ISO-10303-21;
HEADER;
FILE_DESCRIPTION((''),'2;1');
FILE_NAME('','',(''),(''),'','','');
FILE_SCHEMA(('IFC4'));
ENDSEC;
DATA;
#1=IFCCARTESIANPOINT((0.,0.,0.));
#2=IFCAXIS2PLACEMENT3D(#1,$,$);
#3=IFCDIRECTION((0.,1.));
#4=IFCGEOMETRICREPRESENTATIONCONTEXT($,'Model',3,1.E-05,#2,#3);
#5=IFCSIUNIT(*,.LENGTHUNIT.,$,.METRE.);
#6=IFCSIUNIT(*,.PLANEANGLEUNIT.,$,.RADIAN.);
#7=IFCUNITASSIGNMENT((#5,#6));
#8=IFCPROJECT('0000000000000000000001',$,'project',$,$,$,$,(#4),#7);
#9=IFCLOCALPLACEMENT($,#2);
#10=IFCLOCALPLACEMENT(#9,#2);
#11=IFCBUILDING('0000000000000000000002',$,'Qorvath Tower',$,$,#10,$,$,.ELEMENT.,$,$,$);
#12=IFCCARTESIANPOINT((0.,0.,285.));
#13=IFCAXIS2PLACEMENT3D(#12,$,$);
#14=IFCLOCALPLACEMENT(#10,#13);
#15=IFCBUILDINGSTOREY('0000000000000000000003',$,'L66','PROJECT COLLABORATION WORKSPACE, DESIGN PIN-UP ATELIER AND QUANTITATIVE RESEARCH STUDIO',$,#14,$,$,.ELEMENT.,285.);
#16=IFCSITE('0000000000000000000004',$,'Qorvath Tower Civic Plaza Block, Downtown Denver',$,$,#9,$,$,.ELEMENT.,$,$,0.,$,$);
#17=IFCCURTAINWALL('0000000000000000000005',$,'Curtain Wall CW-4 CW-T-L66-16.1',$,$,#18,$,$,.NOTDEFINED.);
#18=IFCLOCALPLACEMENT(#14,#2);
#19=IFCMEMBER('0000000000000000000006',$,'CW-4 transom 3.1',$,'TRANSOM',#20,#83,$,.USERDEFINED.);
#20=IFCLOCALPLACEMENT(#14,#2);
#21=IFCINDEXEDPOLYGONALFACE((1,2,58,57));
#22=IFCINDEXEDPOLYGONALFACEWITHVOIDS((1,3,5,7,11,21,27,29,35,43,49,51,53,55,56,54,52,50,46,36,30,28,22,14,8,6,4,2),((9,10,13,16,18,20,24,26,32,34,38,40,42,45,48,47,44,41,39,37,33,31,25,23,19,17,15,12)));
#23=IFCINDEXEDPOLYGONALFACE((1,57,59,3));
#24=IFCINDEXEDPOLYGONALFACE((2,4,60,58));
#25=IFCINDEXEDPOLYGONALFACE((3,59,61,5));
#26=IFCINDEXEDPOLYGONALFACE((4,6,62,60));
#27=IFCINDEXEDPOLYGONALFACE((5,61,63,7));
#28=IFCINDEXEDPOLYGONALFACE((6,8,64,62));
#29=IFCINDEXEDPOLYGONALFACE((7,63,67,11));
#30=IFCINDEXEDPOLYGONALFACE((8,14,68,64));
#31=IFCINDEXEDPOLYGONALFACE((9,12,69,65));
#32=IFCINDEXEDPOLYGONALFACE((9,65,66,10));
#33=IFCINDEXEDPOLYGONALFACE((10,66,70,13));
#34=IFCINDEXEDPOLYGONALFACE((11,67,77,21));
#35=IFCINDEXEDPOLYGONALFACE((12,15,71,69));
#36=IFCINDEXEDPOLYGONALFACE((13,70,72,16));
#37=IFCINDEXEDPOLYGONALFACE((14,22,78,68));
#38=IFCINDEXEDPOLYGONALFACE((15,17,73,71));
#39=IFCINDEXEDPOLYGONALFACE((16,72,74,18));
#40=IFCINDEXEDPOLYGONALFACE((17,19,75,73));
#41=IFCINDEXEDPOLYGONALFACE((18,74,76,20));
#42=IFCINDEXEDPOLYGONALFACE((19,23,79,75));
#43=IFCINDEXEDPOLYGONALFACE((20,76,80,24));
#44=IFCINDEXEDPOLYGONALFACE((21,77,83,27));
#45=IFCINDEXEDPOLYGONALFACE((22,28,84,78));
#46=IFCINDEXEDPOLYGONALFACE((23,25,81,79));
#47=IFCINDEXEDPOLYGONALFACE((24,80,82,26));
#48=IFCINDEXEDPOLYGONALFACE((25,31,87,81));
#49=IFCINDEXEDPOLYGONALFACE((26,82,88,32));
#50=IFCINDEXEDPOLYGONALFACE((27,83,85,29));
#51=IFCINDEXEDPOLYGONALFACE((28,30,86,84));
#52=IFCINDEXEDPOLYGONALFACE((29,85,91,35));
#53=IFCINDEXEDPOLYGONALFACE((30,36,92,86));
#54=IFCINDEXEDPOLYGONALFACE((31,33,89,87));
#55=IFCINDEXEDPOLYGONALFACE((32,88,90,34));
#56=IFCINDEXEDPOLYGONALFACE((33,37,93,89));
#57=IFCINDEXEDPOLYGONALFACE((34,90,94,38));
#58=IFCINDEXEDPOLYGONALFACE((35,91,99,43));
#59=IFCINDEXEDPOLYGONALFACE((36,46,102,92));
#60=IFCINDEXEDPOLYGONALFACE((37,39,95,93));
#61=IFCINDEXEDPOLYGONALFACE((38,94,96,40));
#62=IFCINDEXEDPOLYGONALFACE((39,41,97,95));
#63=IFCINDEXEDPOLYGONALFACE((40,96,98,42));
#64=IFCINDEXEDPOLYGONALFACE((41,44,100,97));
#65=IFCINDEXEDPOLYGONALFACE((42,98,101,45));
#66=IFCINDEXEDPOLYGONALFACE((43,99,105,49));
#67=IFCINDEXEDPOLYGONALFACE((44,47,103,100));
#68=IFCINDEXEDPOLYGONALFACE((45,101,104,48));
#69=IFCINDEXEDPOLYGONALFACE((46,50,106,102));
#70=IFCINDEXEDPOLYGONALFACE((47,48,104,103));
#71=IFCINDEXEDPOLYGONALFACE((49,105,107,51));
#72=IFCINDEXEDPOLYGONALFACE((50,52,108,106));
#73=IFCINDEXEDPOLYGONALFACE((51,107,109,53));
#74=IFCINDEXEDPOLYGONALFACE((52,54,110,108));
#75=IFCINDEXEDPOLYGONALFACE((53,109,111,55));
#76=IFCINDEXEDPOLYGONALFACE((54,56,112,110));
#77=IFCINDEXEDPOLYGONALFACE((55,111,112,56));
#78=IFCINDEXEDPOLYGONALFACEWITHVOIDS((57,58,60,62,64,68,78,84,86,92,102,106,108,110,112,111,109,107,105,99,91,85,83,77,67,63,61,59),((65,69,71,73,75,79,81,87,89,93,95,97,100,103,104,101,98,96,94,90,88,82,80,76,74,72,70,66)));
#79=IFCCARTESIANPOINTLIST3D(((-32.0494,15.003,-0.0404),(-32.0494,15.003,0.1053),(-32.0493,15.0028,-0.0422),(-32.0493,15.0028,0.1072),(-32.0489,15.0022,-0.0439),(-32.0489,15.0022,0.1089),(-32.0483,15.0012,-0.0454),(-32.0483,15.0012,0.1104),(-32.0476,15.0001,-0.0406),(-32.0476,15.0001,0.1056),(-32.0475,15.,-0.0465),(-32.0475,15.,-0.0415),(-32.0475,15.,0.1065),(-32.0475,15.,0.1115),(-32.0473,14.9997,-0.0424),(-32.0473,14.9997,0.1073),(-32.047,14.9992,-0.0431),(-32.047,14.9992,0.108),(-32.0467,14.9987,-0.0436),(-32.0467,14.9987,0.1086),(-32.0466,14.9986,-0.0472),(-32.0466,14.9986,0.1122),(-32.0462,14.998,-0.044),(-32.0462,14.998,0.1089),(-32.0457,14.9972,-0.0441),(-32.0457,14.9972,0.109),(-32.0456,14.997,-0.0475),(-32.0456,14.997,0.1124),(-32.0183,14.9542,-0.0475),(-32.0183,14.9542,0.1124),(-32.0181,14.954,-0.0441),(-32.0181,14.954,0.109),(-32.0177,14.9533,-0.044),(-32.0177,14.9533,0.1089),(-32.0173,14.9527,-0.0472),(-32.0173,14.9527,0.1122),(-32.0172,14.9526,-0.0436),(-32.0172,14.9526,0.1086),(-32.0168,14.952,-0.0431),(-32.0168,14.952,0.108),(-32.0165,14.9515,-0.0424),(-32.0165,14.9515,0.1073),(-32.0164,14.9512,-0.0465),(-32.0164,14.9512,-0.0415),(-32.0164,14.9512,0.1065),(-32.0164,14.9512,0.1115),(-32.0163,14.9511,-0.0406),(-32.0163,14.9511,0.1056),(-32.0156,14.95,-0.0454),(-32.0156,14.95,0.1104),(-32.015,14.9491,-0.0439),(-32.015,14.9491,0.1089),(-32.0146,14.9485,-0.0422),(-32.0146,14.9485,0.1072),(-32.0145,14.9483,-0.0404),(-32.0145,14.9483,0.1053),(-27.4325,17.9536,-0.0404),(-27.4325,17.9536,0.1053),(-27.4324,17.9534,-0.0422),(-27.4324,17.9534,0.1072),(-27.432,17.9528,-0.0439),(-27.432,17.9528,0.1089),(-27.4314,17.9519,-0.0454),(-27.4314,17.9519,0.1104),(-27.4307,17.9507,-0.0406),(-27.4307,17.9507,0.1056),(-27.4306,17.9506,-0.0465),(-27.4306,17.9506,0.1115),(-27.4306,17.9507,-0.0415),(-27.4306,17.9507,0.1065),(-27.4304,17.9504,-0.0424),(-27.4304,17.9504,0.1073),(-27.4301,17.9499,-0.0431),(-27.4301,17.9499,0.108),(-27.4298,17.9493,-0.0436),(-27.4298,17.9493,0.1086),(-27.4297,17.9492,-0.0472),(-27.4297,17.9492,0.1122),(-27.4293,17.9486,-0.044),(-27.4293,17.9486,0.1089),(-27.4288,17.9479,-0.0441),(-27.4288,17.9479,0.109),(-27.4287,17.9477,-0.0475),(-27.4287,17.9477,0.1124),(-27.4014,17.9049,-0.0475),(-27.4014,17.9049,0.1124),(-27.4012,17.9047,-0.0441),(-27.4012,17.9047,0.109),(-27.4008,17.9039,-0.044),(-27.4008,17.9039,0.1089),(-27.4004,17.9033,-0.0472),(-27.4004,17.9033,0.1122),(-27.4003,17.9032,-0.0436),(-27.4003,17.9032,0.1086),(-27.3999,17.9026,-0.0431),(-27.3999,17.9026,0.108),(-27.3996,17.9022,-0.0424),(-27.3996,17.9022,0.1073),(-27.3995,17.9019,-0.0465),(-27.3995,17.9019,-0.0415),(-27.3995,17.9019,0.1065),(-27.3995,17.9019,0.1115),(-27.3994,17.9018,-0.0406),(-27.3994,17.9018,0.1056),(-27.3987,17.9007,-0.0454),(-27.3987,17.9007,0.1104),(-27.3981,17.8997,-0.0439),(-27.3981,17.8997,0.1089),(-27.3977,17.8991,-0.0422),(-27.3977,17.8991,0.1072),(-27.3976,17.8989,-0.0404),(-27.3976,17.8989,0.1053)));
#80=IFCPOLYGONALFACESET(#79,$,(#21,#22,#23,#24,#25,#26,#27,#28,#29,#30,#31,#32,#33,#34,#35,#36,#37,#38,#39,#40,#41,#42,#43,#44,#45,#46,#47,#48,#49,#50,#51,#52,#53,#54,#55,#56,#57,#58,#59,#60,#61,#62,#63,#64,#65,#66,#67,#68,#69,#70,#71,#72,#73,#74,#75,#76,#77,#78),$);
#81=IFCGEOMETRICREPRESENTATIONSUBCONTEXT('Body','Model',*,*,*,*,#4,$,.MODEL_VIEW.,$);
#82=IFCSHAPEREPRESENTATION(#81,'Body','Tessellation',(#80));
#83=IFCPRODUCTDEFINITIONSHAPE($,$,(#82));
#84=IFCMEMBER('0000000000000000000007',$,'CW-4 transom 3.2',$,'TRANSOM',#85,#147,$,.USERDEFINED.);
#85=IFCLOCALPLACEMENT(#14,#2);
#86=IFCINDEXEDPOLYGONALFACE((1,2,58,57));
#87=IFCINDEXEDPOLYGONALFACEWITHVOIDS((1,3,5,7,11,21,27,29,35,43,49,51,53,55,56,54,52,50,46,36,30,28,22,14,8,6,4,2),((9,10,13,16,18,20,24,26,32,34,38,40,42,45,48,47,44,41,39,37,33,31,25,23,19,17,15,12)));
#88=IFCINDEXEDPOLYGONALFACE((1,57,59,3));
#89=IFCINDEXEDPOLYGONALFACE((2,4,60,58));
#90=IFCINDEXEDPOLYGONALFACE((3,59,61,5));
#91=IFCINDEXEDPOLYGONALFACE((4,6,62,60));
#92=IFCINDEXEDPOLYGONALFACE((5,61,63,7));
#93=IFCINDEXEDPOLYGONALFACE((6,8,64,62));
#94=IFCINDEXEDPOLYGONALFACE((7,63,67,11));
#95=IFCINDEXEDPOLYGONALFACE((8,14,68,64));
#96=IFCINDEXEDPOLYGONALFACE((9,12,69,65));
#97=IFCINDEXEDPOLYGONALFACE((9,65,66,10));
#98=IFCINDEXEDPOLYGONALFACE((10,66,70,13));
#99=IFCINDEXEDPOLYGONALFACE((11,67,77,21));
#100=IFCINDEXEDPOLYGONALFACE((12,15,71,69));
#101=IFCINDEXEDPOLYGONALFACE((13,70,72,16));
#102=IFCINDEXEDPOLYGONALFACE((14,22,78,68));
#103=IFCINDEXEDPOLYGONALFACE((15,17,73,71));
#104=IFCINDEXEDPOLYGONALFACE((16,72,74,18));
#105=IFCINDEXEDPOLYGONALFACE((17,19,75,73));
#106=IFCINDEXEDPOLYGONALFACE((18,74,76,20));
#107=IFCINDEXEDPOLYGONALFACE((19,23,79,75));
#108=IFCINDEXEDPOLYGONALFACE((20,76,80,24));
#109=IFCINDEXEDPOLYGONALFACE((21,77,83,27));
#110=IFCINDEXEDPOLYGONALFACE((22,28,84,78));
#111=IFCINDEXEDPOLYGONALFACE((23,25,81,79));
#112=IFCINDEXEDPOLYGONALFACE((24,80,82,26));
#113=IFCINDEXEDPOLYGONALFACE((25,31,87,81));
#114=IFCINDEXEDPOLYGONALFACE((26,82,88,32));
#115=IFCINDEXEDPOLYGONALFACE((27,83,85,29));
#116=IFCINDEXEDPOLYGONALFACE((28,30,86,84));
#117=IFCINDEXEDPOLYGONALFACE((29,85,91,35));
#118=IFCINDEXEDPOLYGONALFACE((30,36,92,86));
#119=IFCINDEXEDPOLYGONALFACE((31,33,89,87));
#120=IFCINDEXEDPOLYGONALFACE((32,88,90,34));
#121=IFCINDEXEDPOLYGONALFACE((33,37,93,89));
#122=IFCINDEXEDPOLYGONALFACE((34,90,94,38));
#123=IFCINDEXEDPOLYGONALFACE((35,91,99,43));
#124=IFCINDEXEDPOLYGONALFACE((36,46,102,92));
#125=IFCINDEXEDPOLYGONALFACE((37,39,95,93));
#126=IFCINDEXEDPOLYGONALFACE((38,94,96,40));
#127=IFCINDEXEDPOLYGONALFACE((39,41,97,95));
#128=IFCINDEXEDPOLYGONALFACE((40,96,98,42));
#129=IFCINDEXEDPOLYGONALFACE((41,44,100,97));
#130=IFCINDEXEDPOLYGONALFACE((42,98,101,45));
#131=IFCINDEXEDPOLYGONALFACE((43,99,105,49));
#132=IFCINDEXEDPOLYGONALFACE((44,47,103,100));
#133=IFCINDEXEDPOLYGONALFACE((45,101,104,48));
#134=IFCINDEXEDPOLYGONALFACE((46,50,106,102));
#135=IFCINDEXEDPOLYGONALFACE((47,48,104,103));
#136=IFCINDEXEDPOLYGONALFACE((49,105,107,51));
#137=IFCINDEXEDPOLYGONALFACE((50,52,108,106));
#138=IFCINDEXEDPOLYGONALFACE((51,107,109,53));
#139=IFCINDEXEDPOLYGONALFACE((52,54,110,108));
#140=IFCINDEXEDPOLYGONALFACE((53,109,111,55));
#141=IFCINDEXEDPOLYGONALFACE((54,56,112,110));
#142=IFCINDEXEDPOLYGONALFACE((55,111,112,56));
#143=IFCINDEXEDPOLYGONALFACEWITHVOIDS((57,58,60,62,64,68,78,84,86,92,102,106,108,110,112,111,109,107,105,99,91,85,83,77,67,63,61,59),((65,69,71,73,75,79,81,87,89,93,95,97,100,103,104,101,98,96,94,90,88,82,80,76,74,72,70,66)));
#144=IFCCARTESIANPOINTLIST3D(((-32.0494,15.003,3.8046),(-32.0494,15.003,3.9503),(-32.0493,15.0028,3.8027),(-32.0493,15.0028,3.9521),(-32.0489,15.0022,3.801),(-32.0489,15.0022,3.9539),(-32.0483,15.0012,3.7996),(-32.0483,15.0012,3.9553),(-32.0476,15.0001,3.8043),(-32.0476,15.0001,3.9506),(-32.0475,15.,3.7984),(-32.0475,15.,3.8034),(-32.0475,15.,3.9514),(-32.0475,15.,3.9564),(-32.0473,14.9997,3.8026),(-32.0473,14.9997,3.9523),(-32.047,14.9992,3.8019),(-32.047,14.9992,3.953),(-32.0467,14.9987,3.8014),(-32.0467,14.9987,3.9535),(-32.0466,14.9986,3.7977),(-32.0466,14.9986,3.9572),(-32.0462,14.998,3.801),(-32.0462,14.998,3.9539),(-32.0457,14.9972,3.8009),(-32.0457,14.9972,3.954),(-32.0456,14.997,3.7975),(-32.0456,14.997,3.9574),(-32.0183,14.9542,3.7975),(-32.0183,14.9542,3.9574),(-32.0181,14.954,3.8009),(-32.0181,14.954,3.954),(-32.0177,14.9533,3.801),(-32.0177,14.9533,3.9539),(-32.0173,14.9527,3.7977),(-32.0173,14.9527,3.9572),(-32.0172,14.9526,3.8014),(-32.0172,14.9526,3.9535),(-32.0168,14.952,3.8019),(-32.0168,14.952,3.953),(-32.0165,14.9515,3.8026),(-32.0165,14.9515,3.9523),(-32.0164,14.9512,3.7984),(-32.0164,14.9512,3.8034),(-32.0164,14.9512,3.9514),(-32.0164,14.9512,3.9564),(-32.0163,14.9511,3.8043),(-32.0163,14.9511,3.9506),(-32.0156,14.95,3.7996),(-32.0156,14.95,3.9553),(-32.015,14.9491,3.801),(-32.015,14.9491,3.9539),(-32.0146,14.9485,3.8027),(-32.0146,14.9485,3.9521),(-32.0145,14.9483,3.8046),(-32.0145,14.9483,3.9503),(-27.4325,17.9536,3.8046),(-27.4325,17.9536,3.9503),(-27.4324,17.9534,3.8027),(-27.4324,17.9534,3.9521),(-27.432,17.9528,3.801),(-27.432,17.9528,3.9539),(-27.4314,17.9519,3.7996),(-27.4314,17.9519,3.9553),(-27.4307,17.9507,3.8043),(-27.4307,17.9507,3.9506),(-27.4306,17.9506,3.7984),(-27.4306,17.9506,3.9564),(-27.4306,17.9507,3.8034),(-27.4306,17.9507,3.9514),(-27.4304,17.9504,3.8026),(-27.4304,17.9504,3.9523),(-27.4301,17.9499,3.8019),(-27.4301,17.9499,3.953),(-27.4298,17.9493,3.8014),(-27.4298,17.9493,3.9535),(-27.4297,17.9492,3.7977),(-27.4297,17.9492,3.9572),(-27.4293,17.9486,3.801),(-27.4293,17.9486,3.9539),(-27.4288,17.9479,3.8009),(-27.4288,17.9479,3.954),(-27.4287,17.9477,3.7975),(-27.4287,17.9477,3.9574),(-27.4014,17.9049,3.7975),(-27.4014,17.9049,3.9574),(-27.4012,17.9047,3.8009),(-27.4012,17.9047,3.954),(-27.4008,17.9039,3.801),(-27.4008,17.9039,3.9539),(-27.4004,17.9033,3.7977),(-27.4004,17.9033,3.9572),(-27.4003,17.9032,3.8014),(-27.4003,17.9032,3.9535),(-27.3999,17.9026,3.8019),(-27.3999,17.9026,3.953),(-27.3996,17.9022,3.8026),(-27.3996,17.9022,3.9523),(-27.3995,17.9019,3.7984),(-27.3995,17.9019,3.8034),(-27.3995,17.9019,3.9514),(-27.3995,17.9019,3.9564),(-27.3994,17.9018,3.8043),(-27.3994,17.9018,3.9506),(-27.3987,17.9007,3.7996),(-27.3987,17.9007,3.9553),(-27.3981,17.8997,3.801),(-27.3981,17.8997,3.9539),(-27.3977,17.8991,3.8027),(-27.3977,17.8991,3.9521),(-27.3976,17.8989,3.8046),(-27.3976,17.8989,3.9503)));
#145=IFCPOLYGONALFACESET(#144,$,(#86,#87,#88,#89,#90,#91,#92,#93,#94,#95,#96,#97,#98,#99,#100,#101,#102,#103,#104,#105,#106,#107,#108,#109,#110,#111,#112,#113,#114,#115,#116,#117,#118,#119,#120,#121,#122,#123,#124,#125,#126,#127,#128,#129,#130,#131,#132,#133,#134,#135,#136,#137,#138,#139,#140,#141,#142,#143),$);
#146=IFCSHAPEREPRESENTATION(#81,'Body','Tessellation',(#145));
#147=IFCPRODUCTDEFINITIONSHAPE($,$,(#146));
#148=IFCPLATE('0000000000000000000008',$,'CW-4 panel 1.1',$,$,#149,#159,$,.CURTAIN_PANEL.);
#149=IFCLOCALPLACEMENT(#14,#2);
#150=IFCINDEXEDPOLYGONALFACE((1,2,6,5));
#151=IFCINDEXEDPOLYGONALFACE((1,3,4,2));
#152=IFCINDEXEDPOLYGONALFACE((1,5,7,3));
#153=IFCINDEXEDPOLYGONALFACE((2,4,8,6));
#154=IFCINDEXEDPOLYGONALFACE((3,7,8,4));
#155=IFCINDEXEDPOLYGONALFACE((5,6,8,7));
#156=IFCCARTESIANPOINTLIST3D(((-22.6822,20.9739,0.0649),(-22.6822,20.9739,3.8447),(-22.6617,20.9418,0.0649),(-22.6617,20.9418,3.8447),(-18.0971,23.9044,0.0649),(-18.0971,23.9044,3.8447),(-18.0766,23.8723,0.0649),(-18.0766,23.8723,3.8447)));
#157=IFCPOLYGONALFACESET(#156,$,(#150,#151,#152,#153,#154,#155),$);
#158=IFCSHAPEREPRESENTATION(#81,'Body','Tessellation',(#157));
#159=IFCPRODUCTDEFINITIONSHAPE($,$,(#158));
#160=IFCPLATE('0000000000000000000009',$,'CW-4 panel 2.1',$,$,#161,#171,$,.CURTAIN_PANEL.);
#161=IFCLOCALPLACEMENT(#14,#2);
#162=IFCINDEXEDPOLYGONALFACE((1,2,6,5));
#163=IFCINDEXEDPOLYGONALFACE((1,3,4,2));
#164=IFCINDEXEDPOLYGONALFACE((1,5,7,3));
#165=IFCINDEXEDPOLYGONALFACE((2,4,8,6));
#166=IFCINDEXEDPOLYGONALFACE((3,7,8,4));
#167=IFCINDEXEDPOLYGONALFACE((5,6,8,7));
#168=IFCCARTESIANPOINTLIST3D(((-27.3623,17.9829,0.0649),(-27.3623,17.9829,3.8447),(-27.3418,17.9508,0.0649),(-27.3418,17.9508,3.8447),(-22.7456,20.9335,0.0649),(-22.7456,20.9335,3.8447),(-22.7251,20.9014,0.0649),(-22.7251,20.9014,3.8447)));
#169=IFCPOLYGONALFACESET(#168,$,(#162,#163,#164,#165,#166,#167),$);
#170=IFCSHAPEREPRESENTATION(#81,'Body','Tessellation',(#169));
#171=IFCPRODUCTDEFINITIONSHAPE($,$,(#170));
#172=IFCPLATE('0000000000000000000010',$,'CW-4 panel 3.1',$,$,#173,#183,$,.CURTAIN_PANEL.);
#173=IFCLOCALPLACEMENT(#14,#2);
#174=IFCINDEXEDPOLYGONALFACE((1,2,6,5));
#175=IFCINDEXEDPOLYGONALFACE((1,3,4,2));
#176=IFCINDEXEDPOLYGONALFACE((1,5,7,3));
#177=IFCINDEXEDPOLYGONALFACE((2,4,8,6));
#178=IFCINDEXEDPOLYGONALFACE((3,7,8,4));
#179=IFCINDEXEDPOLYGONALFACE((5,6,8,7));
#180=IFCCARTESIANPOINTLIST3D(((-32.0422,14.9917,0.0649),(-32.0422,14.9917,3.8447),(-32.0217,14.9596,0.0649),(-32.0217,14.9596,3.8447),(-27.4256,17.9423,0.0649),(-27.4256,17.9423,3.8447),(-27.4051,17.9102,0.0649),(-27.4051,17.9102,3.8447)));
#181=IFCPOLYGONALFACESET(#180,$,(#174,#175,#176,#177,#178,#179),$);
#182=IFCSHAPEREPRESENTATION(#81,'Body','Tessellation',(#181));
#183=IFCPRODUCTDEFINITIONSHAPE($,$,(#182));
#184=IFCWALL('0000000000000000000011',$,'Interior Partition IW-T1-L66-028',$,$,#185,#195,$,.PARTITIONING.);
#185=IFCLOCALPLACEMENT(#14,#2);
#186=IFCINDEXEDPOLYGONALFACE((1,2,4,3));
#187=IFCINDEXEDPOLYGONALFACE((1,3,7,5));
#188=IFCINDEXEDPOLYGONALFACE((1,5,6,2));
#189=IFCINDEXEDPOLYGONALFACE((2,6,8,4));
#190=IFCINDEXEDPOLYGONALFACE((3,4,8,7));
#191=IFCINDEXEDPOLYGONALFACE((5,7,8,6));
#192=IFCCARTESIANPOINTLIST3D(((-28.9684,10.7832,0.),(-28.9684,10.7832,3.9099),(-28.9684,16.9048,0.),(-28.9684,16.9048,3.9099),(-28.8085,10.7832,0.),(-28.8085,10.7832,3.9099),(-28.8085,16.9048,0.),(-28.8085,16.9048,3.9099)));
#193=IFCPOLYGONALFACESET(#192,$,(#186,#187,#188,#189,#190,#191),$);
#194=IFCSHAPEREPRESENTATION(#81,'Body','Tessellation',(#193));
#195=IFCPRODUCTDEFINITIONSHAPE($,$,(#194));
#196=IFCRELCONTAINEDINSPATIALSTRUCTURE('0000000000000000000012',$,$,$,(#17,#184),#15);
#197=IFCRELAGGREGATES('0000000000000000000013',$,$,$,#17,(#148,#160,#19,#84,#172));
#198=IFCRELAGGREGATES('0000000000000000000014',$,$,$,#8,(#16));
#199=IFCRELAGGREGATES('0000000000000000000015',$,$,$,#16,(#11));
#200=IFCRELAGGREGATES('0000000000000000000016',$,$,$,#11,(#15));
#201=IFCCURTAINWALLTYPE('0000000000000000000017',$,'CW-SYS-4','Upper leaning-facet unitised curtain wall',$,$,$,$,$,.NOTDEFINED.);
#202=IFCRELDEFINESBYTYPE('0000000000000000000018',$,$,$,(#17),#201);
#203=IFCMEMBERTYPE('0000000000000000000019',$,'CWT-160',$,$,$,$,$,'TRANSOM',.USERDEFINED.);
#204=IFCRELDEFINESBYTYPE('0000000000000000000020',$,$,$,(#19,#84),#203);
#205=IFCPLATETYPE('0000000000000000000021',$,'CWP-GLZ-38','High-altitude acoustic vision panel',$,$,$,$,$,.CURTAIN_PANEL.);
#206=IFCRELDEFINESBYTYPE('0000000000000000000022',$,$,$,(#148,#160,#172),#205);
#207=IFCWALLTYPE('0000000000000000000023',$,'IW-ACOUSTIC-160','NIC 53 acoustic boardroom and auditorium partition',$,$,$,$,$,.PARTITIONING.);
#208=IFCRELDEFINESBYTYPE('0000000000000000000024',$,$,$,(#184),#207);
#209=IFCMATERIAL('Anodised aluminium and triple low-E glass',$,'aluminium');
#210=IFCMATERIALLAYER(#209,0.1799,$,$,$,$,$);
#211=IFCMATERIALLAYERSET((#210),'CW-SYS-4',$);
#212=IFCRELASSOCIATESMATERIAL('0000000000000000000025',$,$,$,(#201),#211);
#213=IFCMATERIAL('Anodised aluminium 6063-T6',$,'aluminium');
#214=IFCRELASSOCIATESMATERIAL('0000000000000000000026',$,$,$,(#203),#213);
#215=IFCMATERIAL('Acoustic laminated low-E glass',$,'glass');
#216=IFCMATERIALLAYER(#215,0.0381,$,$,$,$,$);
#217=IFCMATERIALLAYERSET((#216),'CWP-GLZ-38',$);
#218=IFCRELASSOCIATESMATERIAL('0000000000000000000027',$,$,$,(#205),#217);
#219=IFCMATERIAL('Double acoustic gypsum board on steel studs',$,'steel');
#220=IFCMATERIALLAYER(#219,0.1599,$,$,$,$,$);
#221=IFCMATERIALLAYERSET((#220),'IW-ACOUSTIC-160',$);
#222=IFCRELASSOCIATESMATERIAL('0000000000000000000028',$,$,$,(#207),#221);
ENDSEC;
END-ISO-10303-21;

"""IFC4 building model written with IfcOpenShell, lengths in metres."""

from ifc_helpers import new_model, si_unit, direction, frame, frame_2d, origin, origin_2d, place, context, subcontext, project, spatial, rectangle, hollow_rectangle, extrude, material, layer, layer_set, material_profile, profile_set, type_object, element, aggregate, save


model = new_model("IFC4")

# Units and contexts
model_context = context("Model", 3, precision=1e-05, world=origin(), true_north=direction((0.0, 1.0)))
body_context = subcontext(model_context, "Body", "Model", "MODEL_VIEW")
ifc_project = project(units=[si_unit("LENGTHUNIT", "METRE"), si_unit("PLANEANGLEUNIT", "RADIAN")], contexts=[model_context])

# Site, building, storey
site_placement = place(None, origin())
site = spatial("IfcSite", under=ifc_project, at=site_placement, Name="Qorvath Tower Civic Plaza Block, Downtown Denver", CompositionType="ELEMENT", RefElevation=0.0)
building_placement = place(site_placement, origin())
building = spatial("IfcBuilding", under=site, at=building_placement, Name="Qorvath Tower", CompositionType="ELEMENT")
storey_placement = place(building_placement, frame((0.0, 0.0, 285.0)))
storey = spatial("IfcBuildingStorey", under=building, at=storey_placement, Name="L66", Description="PROJECT COLLABORATION WORKSPACE, DESIGN PIN-UP ATELIER AND QUANTITATIVE RESEARCH STUDIO", CompositionType="ELEMENT", Elevation=285.0)

# Curtain wall, members, plates
ifc_material_1 = material(Name="Anodised aluminium and triple low-E glass", Category="aluminium")
ifc_layer_1 = layer(ifc_material_1, 0.1799)
ifc_layer_set_1 = layer_set([ifc_layer_1], Name="CW-SYS-4")
curtain_wall_type = type_object("IfcCurtainWallType", Name="CW-SYS-4", Description="Upper leaning-facet unitised curtain wall", PredefinedType="NOTDEFINED", material=ifc_layer_set_1)
curtain_wall_placement = place(storey_placement, origin())
curtain_wall = element("IfcCurtainWall", 1, at=curtain_wall_placement, inside=storey, type_object=curtain_wall_type, Name="Curtain Wall CW-4 CW-T-L66-16.1", PredefinedType="NOTDEFINED")
ifc_material_2 = material(Name="Anodised aluminium 6063-T6", Category="aluminium")
ifc_material_profile_1 = material_profile(ifc_material_2, hollow_rectangle(XDim=0.0649, YDim=0.1599, WallThickness=0.0034, InnerFilletRadius=0.0034, OuterFilletRadius=0.0071, at=origin_2d()), Name="CWT 160x65")
ifc_profile_set_1 = profile_set([ifc_material_profile_1], Name="Anodised aluminium 6063-T6")
member_type_1 = type_object("IfcMemberType", Name="CWT-160", ElementType="TRANSOM", PredefinedType="USERDEFINED", material=ifc_profile_set_1)
member_1_placement = place(storey_placement, frame((-27.415, 17.9263, 0.0325), z_axis=(-0.842616, -0.538515, 0.0), x_axis=(0.538515, -0.842616, 0.0)))
member_1 = element("IfcMember", 2, at=member_1_placement, type_object=member_type_1, Name="CW-4 transom 3.1", ObjectType="TRANSOM", PredefinedType="USERDEFINED", context=body_context, shape_type="SweptSolid", body=[
    extrude(hollow_rectangle(XDim=0.0649, YDim=0.1599, WallThickness=0.0034, InnerFilletRadius=0.0034, OuterFilletRadius=0.0071, at=origin_2d()), origin(), (0.0, 0.0, 1.0), 5.4792),
])
member_2_placement = place(storey_placement, frame((-27.415, 17.9263, 3.8774), z_axis=(-0.842616, -0.538515, 0.0), x_axis=(0.538515, -0.842616, 0.0)))
member_2 = element("IfcMember", 3, at=member_2_placement, type_object=member_type_1, Name="CW-4 transom 3.2", ObjectType="TRANSOM", PredefinedType="USERDEFINED", context=body_context, shape_type="SweptSolid", body=[
    extrude(hollow_rectangle(XDim=0.0649, YDim=0.1599, WallThickness=0.0034, InnerFilletRadius=0.0034, OuterFilletRadius=0.0071, at=origin_2d()), origin(), (0.0, 0.0, 1.0), 5.4792),
])
ifc_material_3 = material(Name="Acoustic laminated low-E glass", Category="glass")
ifc_layer_2 = layer(ifc_material_3, 0.0381)
ifc_layer_set_2 = layer_set([ifc_layer_2], Name="CWP-GLZ-38")
plate_type = type_object("IfcPlateType", Name="CWP-GLZ-38", Description="High-altitude acoustic vision panel", PredefinedType="CURTAIN_PANEL", material=ifc_layer_set_2)
plate_1_placement = place(storey_placement, frame((-20.3794, 22.4231, 0.0649), z_axis=(0.0, 0.0, 1.0), x_axis=(-0.842605, -0.538532, 0.0)))
plate_1 = element("IfcPlate", 4, at=plate_1_placement, type_object=plate_type, Name="CW-4 panel 1.1", PredefinedType="CURTAIN_PANEL", context=body_context, shape_type="SweptSolid", body=[
    extrude(rectangle(XDim=5.4417, YDim=0.0381, at=origin_2d()), origin(), (0.0, 0.0, 1.0), 3.7798),
])
plate_2_placement = place(storey_placement, frame((-25.0437, 19.4421, 0.0649), z_axis=(0.0, 0.0, 1.0), x_axis=(-0.842605, -0.538532, 0.0)))
plate_2 = element("IfcPlate", 5, at=plate_2_placement, type_object=plate_type, Name="CW-4 panel 2.1", PredefinedType="CURTAIN_PANEL", context=body_context, shape_type="SweptSolid", body=[
    extrude(rectangle(XDim=5.479, YDim=0.0381, at=origin_2d()), origin(), (0.0, 0.0, 1.0), 3.7798),
])
plate_3_placement = place(storey_placement, frame((-29.7236, 16.4509, 0.0649), z_axis=(0.0, 0.0, 1.0), x_axis=(-0.842605, -0.538532, 0.0)))
plate_3 = element("IfcPlate", 6, at=plate_3_placement, type_object=plate_type, Name="CW-4 panel 3.1", PredefinedType="CURTAIN_PANEL", context=body_context, shape_type="SweptSolid", body=[
    extrude(rectangle(XDim=5.479, YDim=0.0381, at=origin_2d()), origin(), (0.0, 0.0, 1.0), 3.7798),
])
aggregate(curtain_wall, [plate_1, plate_2, member_1, member_2, plate_3])

# Wall
ifc_material_4 = material(Name="Double acoustic gypsum board on steel studs", Category="steel")
ifc_layer_3 = layer(ifc_material_4, 0.1599)
ifc_layer_set_3 = layer_set([ifc_layer_3], Name="IW-ACOUSTIC-160")
wall_type_1 = type_object("IfcWallType", Name="IW-ACOUSTIC-160", Description="NIC 53 acoustic boardroom and auditorium partition", PredefinedType="PARTITIONING", material=ifc_layer_set_3)
wall_1_placement = place(storey_placement, frame((-28.8884, 10.7832, 0.0), z_axis=(0.0, 0.0, 1.0), x_axis=(0.0, 1.0, 0.0)))
element("IfcWall", 7, at=wall_1_placement, inside=storey, type_object=wall_type_1, Name="Interior Partition IW-T1-L66-028", PredefinedType="PARTITIONING", context=body_context, shape_type="SweptSolid", body=[
    extrude(rectangle(XDim=6.1216, YDim=0.1599, at=frame_2d((3.0608, 0.0))), origin(), (0.0, 0.0, 1.0), 3.9099),
])

save(model, "model.ifc")
